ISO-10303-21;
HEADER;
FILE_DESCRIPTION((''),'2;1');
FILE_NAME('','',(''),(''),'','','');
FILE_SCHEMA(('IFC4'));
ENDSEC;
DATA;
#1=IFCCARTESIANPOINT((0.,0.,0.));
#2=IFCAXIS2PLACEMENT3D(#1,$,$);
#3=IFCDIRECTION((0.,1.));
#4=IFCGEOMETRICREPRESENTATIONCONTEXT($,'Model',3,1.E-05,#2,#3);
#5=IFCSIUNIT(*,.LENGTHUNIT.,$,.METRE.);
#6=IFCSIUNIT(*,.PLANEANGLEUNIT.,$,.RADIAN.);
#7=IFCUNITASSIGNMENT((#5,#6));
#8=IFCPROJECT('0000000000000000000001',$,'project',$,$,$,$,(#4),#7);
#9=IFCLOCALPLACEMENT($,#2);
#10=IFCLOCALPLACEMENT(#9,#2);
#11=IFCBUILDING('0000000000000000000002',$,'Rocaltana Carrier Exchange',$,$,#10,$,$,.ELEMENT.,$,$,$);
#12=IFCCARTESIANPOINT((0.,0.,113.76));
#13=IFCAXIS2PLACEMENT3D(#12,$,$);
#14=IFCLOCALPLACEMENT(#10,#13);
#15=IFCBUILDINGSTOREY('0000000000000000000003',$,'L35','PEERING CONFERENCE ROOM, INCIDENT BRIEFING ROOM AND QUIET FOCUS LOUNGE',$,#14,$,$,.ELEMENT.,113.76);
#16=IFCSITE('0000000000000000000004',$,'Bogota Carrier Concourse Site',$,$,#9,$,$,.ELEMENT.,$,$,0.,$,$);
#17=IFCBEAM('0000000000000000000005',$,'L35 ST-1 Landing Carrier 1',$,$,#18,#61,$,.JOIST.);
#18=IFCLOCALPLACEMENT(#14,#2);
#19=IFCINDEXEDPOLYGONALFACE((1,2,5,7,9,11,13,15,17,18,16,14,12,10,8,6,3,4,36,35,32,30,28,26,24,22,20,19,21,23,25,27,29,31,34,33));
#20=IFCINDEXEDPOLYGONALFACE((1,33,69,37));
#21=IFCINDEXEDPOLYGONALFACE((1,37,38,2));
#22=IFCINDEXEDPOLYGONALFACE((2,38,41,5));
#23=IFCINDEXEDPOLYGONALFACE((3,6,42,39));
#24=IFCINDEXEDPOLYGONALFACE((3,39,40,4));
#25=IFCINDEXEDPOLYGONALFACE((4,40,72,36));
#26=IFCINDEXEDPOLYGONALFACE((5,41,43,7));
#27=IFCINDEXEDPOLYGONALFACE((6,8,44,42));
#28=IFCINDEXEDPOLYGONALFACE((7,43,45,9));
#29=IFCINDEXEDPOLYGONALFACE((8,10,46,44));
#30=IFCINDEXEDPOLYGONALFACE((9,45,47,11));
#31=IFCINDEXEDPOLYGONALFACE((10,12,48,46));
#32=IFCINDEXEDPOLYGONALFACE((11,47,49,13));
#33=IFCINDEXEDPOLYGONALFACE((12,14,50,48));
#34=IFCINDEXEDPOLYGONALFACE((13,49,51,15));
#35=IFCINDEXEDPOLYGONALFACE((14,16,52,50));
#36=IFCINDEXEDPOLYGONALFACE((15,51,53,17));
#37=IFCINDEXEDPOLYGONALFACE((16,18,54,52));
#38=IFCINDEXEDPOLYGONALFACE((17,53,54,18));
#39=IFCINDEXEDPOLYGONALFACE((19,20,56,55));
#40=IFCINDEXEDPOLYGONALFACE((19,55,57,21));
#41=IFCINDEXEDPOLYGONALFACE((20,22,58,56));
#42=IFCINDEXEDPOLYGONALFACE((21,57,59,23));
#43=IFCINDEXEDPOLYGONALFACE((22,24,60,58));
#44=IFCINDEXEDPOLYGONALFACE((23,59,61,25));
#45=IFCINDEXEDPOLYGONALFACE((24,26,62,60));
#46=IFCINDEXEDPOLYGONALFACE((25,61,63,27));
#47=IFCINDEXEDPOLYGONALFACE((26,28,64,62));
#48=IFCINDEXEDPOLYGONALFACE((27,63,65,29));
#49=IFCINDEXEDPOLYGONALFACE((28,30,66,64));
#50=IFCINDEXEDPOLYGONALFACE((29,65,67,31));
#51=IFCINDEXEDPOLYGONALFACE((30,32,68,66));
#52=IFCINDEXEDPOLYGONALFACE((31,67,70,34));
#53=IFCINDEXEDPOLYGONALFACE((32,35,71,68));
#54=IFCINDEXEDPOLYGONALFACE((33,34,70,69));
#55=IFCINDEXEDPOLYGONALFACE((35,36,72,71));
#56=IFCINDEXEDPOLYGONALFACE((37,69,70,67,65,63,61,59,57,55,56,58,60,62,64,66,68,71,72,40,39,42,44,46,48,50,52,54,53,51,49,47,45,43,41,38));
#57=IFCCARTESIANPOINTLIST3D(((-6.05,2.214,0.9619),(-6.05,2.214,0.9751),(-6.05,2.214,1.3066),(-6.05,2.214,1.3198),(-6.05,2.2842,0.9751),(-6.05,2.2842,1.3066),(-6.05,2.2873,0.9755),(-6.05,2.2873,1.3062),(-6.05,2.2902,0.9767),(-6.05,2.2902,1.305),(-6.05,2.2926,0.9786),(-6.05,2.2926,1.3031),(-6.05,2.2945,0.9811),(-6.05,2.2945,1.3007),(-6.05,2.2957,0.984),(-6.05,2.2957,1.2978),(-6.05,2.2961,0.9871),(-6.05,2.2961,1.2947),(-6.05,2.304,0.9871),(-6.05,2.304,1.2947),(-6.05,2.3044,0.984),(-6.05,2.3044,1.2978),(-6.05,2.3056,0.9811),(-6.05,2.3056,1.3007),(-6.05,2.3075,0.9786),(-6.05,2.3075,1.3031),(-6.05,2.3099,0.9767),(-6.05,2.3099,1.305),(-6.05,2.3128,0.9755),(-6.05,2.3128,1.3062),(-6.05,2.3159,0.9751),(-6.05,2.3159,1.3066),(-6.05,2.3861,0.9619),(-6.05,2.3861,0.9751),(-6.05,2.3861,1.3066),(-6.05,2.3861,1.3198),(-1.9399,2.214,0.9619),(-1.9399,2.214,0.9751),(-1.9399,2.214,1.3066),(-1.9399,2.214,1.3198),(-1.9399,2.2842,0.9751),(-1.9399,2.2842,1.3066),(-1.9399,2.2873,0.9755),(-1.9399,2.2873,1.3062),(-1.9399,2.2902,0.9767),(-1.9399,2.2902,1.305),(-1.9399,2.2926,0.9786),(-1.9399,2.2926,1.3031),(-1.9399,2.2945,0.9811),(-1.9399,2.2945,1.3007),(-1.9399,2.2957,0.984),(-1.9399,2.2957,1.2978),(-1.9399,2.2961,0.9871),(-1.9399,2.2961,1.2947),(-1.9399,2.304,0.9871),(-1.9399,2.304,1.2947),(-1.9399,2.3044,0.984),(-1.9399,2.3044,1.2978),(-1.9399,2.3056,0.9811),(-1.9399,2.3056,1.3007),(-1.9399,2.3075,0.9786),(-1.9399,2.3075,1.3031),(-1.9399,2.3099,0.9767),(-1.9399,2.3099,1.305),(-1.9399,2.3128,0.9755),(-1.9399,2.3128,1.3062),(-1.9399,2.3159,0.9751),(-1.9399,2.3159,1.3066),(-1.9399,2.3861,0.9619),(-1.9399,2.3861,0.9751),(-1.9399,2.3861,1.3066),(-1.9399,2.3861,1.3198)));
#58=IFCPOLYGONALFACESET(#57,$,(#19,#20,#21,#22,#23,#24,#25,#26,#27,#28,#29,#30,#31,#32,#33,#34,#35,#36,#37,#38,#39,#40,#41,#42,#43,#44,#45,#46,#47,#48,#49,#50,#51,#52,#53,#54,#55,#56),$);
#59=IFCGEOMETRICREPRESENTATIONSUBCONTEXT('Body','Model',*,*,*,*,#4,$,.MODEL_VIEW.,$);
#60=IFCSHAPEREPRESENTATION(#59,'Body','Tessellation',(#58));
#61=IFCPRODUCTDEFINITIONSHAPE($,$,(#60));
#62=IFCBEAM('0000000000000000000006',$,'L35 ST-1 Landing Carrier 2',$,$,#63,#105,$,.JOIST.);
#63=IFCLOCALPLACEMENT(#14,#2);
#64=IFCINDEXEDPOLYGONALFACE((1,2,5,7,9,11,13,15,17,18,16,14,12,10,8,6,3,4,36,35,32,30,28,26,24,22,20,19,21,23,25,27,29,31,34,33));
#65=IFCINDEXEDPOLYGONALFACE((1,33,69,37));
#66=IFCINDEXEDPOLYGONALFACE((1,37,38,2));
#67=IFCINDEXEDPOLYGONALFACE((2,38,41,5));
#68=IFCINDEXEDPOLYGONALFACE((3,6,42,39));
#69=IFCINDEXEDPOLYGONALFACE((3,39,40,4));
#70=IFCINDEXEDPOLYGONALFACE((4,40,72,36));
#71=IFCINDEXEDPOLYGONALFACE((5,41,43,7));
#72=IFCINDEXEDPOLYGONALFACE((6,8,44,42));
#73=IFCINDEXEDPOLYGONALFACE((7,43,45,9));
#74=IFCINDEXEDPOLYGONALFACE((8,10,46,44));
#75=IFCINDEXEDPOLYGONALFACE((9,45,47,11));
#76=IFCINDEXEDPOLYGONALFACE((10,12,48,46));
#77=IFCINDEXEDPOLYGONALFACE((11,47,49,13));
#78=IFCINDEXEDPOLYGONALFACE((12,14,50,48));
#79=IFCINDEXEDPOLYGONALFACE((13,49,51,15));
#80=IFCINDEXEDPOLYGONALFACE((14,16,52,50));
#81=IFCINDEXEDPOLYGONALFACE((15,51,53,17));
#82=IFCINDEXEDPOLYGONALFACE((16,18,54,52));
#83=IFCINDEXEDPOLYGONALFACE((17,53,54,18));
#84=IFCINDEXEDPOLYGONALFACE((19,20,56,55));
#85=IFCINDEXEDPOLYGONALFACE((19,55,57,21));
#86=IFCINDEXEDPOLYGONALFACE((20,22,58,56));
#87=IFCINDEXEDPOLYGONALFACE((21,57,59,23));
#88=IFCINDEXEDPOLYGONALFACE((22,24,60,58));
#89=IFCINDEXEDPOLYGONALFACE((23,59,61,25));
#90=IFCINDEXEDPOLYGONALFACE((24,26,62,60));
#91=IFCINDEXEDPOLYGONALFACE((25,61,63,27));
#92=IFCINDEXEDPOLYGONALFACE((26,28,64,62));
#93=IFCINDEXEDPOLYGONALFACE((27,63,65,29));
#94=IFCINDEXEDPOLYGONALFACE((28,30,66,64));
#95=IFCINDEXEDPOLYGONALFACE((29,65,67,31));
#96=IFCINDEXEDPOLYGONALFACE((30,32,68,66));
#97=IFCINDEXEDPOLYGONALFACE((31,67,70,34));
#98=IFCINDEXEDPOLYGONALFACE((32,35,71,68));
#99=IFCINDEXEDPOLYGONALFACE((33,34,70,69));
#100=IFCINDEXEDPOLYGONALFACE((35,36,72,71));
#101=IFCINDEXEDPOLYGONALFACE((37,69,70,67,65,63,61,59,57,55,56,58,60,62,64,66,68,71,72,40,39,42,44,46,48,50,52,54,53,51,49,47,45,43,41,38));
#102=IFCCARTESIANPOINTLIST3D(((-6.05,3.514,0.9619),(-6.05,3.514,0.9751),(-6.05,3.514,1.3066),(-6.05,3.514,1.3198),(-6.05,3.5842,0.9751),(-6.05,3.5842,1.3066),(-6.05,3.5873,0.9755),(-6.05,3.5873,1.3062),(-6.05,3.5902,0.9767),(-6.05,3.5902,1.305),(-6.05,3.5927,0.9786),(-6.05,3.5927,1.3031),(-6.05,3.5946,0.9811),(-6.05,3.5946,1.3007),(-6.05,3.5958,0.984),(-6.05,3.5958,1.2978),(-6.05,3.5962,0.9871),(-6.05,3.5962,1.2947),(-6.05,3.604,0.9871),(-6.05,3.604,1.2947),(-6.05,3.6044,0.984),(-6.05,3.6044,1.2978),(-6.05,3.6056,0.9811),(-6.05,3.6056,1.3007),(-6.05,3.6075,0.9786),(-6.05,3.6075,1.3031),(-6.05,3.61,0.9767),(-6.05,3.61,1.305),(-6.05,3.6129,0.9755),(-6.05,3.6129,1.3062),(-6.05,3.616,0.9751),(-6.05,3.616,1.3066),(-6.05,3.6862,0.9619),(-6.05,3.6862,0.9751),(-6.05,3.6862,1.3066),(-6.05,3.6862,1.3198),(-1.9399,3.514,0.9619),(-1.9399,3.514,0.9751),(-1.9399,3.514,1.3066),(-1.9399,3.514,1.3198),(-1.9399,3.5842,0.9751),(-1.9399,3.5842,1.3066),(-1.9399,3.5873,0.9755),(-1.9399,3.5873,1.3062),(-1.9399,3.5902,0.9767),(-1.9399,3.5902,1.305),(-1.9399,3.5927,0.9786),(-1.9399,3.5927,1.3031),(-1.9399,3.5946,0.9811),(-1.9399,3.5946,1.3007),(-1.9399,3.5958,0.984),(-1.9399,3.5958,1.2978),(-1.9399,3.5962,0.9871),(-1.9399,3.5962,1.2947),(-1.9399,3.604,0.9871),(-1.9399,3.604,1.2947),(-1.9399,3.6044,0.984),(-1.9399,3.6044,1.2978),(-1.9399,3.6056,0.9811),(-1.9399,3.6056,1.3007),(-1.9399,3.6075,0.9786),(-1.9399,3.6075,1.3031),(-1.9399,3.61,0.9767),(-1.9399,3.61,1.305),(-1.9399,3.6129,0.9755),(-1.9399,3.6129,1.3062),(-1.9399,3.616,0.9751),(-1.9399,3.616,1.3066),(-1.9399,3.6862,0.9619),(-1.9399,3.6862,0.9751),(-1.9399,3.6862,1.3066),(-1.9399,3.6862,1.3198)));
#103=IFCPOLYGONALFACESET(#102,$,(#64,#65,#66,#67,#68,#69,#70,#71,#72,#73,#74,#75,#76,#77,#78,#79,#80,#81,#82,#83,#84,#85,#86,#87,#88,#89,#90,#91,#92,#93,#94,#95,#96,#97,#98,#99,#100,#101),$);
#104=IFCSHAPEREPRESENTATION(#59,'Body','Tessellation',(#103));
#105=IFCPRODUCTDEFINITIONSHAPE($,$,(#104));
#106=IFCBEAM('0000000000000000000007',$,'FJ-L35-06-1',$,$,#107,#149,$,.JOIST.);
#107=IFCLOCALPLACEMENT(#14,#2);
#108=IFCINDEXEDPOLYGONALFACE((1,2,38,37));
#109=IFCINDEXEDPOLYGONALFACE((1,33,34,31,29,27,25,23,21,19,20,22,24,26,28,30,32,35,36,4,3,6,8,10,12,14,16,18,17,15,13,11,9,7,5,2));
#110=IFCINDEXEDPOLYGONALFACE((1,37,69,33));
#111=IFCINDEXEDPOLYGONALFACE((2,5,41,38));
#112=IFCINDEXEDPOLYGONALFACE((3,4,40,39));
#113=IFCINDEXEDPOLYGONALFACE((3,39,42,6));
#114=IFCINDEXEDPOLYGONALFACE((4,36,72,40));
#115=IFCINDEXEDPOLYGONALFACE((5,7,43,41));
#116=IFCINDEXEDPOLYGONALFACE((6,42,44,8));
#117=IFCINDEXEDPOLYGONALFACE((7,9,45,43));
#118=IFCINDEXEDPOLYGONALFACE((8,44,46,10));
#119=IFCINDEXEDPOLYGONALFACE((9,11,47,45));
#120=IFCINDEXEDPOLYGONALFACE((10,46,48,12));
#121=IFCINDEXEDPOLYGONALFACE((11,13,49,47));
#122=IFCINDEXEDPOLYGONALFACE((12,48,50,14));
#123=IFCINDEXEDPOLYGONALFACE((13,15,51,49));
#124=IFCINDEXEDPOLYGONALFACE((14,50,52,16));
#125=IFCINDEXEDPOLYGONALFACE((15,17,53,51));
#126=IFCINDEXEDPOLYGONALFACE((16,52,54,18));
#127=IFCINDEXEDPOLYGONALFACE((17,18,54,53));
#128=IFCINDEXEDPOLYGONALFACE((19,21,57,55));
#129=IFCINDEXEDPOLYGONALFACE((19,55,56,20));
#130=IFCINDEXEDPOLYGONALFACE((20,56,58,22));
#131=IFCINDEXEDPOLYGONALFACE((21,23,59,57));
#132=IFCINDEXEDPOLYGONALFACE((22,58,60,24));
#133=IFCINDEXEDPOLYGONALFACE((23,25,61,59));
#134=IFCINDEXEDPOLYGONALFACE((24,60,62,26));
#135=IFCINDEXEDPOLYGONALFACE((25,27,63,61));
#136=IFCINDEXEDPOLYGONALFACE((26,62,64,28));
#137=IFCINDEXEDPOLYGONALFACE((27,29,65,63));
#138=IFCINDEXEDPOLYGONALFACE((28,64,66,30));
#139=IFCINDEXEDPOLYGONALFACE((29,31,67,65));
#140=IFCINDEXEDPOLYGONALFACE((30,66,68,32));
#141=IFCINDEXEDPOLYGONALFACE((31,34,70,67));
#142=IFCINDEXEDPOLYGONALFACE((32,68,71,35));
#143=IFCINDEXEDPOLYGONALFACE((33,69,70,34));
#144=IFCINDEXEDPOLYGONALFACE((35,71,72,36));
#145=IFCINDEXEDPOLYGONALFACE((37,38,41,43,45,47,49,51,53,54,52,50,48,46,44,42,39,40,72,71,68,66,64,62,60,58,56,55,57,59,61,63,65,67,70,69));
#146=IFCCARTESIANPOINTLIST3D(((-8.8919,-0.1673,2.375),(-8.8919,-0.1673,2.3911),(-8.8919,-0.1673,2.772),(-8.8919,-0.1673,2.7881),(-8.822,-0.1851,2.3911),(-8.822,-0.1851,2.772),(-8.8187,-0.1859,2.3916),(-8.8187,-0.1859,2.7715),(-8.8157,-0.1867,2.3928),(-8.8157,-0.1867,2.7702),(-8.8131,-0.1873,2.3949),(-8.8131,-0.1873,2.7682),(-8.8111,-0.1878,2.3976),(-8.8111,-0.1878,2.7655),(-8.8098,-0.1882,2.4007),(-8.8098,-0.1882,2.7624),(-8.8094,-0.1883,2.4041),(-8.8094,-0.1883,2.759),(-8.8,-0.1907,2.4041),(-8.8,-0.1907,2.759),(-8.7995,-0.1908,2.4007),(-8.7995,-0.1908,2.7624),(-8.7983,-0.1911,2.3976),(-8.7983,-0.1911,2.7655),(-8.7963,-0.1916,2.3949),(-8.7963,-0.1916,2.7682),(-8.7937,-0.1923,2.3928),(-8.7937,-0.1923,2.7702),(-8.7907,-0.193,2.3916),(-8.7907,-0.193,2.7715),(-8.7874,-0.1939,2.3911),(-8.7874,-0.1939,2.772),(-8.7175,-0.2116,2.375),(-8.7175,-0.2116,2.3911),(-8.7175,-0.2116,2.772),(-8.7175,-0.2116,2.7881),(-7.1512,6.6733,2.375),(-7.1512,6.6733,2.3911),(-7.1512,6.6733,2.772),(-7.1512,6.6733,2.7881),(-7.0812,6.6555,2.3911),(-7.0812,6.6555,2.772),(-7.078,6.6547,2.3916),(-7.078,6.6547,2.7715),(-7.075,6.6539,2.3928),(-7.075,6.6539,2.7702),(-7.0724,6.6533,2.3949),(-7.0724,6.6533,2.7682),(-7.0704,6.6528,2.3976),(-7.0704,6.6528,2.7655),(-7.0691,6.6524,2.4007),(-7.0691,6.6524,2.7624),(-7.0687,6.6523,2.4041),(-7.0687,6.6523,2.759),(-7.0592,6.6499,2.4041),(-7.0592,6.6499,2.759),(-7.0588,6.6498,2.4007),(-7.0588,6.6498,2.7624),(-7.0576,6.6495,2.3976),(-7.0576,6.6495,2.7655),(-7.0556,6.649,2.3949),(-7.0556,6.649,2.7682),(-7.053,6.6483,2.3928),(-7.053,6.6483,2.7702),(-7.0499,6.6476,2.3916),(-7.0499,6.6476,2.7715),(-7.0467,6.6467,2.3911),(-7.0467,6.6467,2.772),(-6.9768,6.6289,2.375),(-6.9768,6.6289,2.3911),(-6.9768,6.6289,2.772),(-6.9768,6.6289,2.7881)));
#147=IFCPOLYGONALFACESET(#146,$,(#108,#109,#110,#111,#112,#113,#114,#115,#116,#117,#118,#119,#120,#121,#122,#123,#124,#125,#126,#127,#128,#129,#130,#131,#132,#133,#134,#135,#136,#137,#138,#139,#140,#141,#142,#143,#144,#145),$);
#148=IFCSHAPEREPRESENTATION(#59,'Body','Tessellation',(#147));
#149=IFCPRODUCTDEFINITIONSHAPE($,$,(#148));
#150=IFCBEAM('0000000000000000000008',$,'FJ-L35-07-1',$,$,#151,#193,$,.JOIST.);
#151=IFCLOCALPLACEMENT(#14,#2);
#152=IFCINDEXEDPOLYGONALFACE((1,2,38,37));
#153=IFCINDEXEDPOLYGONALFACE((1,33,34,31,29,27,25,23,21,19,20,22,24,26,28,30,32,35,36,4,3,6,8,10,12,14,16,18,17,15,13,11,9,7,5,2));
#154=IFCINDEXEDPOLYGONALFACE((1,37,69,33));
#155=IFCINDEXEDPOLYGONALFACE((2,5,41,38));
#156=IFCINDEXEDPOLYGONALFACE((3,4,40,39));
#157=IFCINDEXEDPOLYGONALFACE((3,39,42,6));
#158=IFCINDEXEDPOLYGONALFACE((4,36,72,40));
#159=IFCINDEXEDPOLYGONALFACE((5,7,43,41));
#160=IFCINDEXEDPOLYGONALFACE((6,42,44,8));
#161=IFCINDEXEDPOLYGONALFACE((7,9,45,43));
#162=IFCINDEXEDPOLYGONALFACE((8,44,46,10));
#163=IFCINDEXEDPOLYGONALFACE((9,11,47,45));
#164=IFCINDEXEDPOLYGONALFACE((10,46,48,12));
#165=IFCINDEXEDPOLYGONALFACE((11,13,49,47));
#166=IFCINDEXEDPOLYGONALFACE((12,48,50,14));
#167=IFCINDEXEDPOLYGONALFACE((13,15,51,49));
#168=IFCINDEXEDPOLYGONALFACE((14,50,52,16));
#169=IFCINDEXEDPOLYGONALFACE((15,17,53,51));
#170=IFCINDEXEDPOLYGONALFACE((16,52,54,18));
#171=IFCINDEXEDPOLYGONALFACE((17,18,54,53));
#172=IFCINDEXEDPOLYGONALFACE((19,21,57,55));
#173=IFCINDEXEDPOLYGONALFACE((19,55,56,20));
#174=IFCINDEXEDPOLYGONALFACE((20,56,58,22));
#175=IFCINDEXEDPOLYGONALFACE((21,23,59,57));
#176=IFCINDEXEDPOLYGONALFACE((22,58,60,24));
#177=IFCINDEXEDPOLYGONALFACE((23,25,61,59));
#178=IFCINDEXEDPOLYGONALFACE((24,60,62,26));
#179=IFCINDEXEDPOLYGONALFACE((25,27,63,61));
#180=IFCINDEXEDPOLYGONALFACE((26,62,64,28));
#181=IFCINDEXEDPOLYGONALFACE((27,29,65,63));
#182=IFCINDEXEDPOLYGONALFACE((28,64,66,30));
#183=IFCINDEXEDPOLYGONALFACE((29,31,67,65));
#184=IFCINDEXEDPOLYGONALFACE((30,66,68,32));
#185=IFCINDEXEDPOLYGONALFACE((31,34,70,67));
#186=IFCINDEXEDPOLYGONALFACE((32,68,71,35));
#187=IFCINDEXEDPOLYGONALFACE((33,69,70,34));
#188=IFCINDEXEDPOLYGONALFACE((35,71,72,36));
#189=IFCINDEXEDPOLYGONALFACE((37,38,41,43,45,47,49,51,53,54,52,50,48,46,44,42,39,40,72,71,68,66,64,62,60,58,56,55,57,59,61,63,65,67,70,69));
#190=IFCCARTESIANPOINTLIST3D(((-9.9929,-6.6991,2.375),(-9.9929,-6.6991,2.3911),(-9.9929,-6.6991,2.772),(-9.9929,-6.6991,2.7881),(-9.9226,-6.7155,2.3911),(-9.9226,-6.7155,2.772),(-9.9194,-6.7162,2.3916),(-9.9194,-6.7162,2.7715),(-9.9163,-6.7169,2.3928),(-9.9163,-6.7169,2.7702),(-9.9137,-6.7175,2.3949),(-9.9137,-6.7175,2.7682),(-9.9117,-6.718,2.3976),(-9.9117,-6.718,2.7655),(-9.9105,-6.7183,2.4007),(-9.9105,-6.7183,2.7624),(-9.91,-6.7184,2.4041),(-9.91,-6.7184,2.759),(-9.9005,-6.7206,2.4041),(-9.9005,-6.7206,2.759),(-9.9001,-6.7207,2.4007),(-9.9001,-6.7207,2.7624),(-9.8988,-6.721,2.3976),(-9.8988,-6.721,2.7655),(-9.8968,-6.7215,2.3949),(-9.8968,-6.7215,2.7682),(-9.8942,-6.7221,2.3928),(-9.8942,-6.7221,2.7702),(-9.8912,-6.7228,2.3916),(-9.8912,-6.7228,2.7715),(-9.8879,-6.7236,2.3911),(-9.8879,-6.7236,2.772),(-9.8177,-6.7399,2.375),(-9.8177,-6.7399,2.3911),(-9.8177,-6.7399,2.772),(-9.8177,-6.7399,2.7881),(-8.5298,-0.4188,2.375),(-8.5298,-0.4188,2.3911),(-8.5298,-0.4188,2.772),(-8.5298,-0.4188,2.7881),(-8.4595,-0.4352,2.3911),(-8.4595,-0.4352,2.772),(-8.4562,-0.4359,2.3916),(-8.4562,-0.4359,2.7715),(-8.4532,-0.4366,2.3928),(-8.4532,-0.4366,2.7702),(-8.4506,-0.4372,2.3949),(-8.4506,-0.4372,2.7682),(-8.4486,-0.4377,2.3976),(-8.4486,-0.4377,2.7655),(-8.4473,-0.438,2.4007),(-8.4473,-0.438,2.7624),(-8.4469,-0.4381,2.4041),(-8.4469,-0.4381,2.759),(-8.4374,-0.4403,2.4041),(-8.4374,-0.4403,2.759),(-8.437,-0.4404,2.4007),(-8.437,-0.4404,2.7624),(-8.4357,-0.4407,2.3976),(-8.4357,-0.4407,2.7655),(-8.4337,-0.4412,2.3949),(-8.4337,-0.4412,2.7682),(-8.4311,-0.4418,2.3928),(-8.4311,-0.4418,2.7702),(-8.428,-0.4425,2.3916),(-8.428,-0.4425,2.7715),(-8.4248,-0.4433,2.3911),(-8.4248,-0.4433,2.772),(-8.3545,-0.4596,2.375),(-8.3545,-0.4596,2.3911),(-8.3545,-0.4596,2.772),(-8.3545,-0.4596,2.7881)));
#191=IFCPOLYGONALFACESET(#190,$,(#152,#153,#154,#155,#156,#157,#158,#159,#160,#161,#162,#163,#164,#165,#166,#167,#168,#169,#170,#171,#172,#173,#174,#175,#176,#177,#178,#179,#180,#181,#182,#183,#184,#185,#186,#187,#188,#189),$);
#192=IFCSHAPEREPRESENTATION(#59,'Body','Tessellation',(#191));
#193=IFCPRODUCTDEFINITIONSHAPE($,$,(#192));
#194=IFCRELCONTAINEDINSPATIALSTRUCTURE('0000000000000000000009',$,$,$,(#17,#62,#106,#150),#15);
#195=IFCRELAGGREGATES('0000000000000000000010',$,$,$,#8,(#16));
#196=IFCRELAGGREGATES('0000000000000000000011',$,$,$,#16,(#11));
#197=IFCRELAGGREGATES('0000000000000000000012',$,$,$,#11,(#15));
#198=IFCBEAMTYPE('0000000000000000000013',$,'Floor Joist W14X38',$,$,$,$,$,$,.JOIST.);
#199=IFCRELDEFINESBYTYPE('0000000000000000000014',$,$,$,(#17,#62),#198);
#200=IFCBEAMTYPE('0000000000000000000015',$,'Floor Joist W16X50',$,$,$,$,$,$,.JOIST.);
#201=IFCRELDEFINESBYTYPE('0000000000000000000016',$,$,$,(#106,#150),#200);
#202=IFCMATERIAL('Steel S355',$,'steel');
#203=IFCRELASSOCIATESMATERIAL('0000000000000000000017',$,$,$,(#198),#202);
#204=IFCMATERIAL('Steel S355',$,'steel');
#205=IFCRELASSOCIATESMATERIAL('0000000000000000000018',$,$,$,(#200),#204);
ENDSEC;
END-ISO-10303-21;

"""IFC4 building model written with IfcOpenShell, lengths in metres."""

from ifc_helpers import new_model, si_unit, direction, frame, origin, origin_2d, place, context, subcontext, project, spatial, i_section, extrude, material, material_profile, profile_set, type_object, element, save


model = new_model("IFC4")

# Units and contexts
model_context = context("Model", 3, precision=1e-05, world=origin(), true_north=direction((0.0, 1.0)))
body_context = subcontext(model_context, "Body", "Model", "MODEL_VIEW")
ifc_project = project(units=[si_unit("LENGTHUNIT", "METRE"), si_unit("PLANEANGLEUNIT", "RADIAN")], contexts=[model_context])

# Site, building, storey
site_placement = place(None, origin())
site = spatial("IfcSite", under=ifc_project, at=site_placement, Name="Bogota Carrier Concourse Site", CompositionType="ELEMENT", RefElevation=0.0)
building_placement = place(site_placement, origin())
building = spatial("IfcBuilding", under=site, at=building_placement, Name="Rocaltana Carrier Exchange", CompositionType="ELEMENT")
storey_placement = place(building_placement, frame((0.0, 0.0, 113.76)))
storey = spatial("IfcBuildingStorey", under=building, at=storey_placement, Name="L35", Description="PEERING CONFERENCE ROOM, INCIDENT BRIEFING ROOM AND QUIET FOCUS LOUNGE", CompositionType="ELEMENT", Elevation=113.76)

# Beams
ifc_material_1 = material(Name="Steel S355", Category="steel")
ifc_material_profile_1 = material_profile(ifc_material_1, i_section(OverallWidth=0.1721, OverallDepth=0.3579, WebThickness=0.0078, FlangeThickness=0.0132, FilletRadius=0.012, at=origin_2d()), Name="W14X38")
ifc_profile_set_1 = profile_set([ifc_material_profile_1], Name="Steel S355")
beam_type_1 = type_object("IfcBeamType", Name="Floor Joist W14X38", PredefinedType="JOIST", material=ifc_profile_set_1)
for number, where, z_axis, x_axis, name in (
    (1, (-6.05, 2.3, 1.1409), (1.0, 0.0, 0.0), (0.0, 1.0, 0.0), "L35 ST-1 Landing Carrier 1"),
    (2, (-6.05, 3.6001, 1.1409), (1.0, 0.0, 0.0), (0.0, 1.0, 0.0), "L35 ST-1 Landing Carrier 2"),
):
    element("IfcBeam", number, at=place(storey_placement, frame(where, z_axis=z_axis, x_axis=x_axis)), inside=storey, type_object=beam_type_1, Name=name, PredefinedType="JOIST", context=body_context, shape_type="SweptSolid", body=[
        extrude(i_section(OverallWidth=0.1721, OverallDepth=0.3579, WebThickness=0.0078, FlangeThickness=0.0132, FilletRadius=0.012, at=origin_2d()), origin(), (0.0, 0.0, 1.0), 4.1101),
    ])
ifc_material_2 = material(Name="Steel S355", Category="steel")
ifc_material_profile_2 = material_profile(ifc_material_2, i_section(OverallWidth=0.1799, OverallDepth=0.4131, WebThickness=0.0098, FlangeThickness=0.0161, FilletRadius=0.0129, at=origin_2d()), Name="W16X50")
ifc_profile_set_2 = profile_set([ifc_material_profile_2], Name="Steel S355")
beam_type_2 = type_object("IfcBeamType", Name="Floor Joist W16X50", PredefinedType="JOIST", material=ifc_profile_set_2)
beam_1_placement = place(storey_placement, frame((-7.064, 6.6511, 2.5815), z_axis=(-0.246611, -0.969115, 0.0), x_axis=(0.969115, -0.246611, 0.0)))
element("IfcBeam", 3, at=beam_1_placement, inside=storey, type_object=beam_type_2, Name="FJ-L35-06-1", PredefinedType="JOIST", context=body_context, shape_type="SweptSolid", body=[
    extrude(i_section(OverallWidth=0.1799, OverallDepth=0.4131, WebThickness=0.0098, FlangeThickness=0.0161, FilletRadius=0.0129, at=origin_2d()), origin(), (0.0, 0.0, 1.0), 7.0586),
])
beam_2_placement = place(storey_placement, frame((-8.4421, -0.4392, 2.5815), z_axis=(-0.226897, -0.973919, 0.0), x_axis=(0.973919, -0.226897, 0.0)))
element("IfcBeam", 4, at=beam_2_placement, inside=storey, type_object=beam_type_2, Name="FJ-L35-07-1", PredefinedType="JOIST", context=body_context, shape_type="SweptSolid", body=[
    extrude(i_section(OverallWidth=0.1799, OverallDepth=0.4131, WebThickness=0.0098, FlangeThickness=0.0161, FilletRadius=0.0129, at=origin_2d()), origin(), (0.0, 0.0, 1.0), 6.4485),
])

save(model, "model.ifc")
